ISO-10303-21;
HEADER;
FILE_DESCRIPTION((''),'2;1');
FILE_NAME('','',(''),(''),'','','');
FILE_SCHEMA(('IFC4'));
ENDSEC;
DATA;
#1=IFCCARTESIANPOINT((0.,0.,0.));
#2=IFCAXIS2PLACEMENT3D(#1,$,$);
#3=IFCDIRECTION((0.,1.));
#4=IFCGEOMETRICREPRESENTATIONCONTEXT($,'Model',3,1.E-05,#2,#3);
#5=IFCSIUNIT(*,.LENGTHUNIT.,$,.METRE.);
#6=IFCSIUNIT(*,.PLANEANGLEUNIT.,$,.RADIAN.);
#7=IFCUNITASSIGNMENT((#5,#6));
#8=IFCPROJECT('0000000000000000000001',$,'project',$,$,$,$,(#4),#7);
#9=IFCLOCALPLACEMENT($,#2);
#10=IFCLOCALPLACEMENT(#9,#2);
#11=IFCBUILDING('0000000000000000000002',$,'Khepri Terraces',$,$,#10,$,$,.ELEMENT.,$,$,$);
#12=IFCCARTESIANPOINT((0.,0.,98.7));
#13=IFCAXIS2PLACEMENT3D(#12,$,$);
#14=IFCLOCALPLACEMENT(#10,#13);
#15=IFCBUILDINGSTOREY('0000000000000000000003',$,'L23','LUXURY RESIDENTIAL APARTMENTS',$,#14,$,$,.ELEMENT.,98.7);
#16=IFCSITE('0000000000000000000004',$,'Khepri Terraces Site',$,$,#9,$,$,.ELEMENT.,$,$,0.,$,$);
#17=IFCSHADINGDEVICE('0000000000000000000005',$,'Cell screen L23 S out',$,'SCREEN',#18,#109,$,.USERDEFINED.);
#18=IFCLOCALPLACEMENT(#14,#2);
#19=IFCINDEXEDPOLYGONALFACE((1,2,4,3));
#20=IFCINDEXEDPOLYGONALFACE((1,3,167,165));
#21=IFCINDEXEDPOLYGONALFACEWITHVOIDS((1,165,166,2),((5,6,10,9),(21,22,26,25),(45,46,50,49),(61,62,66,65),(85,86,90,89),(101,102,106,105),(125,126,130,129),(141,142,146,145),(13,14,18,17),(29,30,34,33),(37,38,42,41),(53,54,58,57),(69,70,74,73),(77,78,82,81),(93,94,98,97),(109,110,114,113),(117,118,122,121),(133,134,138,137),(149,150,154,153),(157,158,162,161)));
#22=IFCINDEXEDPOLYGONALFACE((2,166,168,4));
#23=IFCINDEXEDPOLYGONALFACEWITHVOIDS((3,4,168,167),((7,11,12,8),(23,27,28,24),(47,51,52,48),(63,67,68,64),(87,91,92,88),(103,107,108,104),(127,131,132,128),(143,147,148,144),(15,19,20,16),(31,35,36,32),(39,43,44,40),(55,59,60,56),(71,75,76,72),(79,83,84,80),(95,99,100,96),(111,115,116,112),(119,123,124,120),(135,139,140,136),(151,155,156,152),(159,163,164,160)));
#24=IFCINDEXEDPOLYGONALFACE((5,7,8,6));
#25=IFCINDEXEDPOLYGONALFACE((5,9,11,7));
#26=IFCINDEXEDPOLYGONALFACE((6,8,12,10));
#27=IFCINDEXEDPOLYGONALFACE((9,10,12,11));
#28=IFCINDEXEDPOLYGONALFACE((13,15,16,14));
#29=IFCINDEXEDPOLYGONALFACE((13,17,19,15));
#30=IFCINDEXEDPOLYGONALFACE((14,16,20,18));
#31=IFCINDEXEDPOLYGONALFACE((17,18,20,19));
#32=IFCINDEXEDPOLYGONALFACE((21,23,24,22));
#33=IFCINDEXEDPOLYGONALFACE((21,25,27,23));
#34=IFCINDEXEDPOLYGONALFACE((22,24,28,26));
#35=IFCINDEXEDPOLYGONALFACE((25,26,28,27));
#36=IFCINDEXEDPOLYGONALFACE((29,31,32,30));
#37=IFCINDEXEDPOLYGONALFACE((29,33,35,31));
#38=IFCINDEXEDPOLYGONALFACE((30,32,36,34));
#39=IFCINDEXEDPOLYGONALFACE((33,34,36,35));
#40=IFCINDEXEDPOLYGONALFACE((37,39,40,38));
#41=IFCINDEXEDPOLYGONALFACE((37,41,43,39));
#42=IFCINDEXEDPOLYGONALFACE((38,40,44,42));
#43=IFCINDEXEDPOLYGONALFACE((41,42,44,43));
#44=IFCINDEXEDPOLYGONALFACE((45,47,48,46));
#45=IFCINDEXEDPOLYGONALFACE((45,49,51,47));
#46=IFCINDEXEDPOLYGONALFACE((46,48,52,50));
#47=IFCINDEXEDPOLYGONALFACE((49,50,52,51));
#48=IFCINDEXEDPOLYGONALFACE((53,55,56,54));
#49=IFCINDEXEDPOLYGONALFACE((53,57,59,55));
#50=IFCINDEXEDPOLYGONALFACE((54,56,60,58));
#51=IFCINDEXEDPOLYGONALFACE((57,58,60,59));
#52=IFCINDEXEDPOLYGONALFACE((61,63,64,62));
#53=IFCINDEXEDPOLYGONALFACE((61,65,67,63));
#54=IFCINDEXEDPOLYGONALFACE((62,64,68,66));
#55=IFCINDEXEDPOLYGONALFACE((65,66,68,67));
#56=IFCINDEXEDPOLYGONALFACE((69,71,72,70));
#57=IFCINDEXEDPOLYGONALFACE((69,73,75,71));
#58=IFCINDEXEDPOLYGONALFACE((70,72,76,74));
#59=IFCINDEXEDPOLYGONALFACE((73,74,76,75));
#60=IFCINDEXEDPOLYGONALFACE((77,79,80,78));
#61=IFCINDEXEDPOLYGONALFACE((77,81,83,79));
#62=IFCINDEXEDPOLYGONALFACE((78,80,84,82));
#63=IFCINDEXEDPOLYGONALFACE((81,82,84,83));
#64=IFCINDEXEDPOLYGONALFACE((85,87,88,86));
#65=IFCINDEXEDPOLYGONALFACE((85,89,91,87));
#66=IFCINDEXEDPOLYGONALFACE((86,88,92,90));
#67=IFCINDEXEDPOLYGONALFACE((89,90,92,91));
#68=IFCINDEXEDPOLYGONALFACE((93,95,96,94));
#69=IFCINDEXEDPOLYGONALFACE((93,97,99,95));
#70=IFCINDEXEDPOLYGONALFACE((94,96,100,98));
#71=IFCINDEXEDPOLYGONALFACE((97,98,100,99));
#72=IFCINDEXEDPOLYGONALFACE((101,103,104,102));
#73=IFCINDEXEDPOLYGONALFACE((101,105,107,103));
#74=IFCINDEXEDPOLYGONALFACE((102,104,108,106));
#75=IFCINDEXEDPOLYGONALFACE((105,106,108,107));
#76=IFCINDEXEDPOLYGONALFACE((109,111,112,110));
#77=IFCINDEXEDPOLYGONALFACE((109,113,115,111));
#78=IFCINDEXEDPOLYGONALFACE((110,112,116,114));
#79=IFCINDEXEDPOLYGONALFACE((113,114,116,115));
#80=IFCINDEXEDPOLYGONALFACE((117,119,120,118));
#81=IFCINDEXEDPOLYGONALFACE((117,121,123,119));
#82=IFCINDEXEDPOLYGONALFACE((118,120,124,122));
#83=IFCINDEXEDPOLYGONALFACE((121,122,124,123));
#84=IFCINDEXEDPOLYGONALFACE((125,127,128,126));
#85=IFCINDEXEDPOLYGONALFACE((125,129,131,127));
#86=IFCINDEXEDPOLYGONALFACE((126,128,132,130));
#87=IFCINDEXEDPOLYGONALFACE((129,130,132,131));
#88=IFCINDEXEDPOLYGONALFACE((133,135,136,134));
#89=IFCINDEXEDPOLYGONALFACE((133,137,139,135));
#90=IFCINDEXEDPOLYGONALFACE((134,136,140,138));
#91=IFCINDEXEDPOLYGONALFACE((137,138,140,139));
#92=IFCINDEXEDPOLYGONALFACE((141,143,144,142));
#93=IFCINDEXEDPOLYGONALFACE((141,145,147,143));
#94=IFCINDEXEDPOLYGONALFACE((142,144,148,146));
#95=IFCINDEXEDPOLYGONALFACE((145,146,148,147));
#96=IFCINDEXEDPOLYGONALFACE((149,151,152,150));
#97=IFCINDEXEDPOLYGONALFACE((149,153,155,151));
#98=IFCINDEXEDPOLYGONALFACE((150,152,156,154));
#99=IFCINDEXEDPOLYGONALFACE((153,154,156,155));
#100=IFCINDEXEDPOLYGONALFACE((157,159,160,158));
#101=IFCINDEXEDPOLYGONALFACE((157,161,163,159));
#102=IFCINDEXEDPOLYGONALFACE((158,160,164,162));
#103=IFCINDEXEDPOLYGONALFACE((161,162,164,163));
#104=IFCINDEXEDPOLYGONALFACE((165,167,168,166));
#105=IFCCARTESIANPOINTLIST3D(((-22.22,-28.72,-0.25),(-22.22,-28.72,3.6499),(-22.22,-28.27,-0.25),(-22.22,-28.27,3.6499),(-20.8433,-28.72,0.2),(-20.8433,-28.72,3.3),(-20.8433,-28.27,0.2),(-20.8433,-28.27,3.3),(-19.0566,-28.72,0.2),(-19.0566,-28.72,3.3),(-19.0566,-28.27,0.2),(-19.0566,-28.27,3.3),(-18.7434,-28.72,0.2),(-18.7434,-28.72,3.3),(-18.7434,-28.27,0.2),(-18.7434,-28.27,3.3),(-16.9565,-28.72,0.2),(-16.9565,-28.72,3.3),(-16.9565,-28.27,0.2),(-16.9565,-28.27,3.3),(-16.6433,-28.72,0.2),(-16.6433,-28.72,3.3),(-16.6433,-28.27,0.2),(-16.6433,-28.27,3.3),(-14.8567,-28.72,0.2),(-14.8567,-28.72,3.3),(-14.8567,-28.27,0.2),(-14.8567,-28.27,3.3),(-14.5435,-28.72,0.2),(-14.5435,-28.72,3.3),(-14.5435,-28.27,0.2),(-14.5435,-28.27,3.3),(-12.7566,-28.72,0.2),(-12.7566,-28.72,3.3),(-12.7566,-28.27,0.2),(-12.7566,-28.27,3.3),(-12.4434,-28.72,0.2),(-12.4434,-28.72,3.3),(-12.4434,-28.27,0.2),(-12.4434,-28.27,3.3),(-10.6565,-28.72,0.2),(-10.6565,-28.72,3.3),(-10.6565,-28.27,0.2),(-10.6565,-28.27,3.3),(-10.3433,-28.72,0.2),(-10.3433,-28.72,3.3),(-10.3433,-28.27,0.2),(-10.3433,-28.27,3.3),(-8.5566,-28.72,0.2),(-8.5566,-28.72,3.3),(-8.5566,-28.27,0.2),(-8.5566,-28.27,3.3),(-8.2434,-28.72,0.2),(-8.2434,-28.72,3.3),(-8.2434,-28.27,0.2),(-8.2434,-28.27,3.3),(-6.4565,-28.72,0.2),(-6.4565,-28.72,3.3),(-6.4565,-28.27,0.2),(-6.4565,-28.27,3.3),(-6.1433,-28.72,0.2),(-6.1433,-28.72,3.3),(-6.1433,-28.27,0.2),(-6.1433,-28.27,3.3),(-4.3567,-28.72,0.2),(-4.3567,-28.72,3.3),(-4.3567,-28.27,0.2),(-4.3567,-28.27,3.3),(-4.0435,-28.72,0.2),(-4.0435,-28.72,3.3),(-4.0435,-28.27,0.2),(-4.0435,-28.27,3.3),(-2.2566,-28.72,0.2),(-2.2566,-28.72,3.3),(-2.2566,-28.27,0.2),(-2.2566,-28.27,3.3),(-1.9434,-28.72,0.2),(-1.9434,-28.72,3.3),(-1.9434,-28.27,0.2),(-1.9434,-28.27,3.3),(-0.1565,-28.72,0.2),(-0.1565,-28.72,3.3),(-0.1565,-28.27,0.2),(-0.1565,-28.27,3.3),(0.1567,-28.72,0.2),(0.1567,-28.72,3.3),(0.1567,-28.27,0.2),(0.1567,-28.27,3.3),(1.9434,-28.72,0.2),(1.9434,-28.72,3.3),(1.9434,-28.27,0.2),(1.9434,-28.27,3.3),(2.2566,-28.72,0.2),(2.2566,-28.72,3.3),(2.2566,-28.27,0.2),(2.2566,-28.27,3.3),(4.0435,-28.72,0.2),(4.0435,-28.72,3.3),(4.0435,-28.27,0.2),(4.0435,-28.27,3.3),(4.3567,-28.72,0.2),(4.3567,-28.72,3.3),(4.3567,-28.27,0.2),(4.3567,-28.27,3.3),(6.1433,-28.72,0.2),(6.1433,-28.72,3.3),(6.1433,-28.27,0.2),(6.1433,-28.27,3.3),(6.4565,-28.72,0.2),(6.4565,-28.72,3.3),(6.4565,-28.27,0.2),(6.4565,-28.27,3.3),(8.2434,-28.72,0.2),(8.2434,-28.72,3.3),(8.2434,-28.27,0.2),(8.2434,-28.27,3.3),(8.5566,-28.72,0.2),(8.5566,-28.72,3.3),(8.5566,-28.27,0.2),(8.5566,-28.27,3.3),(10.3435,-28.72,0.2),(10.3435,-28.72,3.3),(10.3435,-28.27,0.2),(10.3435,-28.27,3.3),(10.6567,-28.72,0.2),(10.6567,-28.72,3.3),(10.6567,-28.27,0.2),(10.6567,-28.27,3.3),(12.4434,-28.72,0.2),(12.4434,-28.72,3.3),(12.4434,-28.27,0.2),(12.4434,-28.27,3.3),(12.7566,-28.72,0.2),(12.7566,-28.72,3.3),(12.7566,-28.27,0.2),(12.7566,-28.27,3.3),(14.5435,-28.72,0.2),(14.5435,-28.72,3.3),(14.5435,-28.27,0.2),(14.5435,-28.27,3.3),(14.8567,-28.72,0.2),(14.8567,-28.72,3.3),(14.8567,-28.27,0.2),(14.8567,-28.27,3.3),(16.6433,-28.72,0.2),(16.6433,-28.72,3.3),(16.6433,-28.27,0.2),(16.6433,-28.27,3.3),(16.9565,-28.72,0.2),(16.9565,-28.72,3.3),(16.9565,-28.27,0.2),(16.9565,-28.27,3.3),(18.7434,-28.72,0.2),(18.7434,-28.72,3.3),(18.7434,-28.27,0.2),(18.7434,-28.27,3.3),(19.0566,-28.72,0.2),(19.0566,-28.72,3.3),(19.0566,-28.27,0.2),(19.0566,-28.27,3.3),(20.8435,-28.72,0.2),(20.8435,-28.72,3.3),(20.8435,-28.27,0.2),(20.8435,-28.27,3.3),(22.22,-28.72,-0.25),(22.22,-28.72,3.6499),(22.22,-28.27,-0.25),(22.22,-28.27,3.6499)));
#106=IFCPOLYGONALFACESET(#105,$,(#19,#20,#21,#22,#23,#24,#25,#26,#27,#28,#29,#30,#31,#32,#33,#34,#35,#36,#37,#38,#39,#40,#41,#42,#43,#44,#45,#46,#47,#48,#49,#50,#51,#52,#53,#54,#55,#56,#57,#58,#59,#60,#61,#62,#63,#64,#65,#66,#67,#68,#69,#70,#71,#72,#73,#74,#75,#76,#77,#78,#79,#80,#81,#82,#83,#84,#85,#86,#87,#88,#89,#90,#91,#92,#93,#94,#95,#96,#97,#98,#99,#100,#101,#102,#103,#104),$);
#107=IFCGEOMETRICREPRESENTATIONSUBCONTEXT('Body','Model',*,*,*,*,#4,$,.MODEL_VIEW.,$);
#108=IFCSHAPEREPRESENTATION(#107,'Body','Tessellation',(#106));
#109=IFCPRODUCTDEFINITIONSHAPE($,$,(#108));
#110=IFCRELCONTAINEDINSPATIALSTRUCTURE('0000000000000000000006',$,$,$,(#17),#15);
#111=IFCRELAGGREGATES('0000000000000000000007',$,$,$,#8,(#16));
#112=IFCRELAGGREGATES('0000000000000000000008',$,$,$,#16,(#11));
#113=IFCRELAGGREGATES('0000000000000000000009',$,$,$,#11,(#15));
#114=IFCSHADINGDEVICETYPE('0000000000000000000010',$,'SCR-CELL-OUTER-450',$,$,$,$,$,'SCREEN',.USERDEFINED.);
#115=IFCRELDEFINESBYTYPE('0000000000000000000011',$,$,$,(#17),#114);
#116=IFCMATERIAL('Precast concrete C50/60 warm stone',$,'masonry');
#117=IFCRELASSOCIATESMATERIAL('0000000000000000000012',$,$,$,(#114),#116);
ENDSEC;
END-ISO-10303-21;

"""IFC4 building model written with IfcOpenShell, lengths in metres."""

from ifc_helpers import new_model, si_unit, direction, frame, origin, place, context, subcontext, project, spatial, polyline, outline, extrude, material, type_object, element, save


model = new_model("IFC4")

# Units and contexts
model_context = context("Model", 3, precision=1e-05, world=origin(), true_north=direction((0.0, 1.0)))
body_context = subcontext(model_context, "Body", "Model", "MODEL_VIEW")
ifc_project = project(units=[si_unit("LENGTHUNIT", "METRE"), si_unit("PLANEANGLEUNIT", "RADIAN")], contexts=[model_context])

# Site, building, storey
site_placement = place(None, origin())
site = spatial("IfcSite", under=ifc_project, at=site_placement, Name="Khepri Terraces Site", CompositionType="ELEMENT", RefElevation=0.0)
building_placement = place(site_placement, origin())
building = spatial("IfcBuilding", under=site, at=building_placement, Name="Khepri Terraces", CompositionType="ELEMENT")
storey_placement = place(building_placement, frame((0.0, 0.0, 98.7)))
storey = spatial("IfcBuildingStorey", under=building, at=storey_placement, Name="L23", Description="LUXURY RESIDENTIAL APARTMENTS", CompositionType="ELEMENT", Elevation=98.7)

# Shared definitions
ifc_material_1 = material(Name="Precast concrete C50/60 warm stone", Category="masonry")

# Shading device
shading_device_type_1 = type_object("IfcShadingDeviceType", Name="SCR-CELL-OUTER-450", ElementType="SCREEN", PredefinedType="USERDEFINED", material=ifc_material_1)
shading_device_1_placement = place(storey_placement, frame((-22.22, -28.27, -0.25), z_axis=(0.0, -1.0, 0.0), x_axis=(1.0, 0.0, 0.0)))
element("IfcShadingDevice", 1, at=shading_device_1_placement, inside=storey, type_object=shading_device_type_1, Name="Cell screen L23 S out", ObjectType="SCREEN", PredefinedType="USERDEFINED", context=body_context, shape_type="SweptSolid", body=[
    extrude(outline(polyline([(0.0, 0.0), (44.4399, 0.0), (44.4399, 3.8999), (0.0, 3.8999), (0.0, 0.0)]), holes=[polyline([(1.3767, 0.45), (3.1633, 0.45), (3.1633, 3.55), (1.3767, 3.55), (1.3767, 0.45)]), polyline([(3.4766, 0.45), (5.2634, 0.45), (5.2634, 3.55), (3.4766, 3.55), (3.4766, 0.45)]), polyline([(5.5767, 0.45), (7.3633, 0.45), (7.3633, 3.55), (5.5767, 3.55), (5.5767, 0.45)]), polyline([(7.6765, 0.45), (9.4634, 0.45), (9.4634, 3.55), (7.6765, 3.55), (7.6765, 0.45)]), polyline([(9.7766, 0.45), (11.5635, 0.45), (11.5635, 3.55), (9.7766, 3.55), (9.7766, 0.45)]), polyline([(11.8767, 0.45), (13.6633, 0.45), (13.6633, 3.55), (11.8767, 3.55), (11.8767, 0.45)]), polyline([(13.9766, 0.45), (15.7634, 0.45), (15.7634, 3.55), (13.9766, 3.55), (13.9766, 0.45)]), polyline([(16.0767, 0.45), (17.8633, 0.45), (17.8633, 3.55), (16.0767, 3.55), (16.0767, 0.45)]), polyline([(18.1765, 0.45), (19.9634, 0.45), (19.9634, 3.55), (18.1765, 3.55), (18.1765, 0.45)]), polyline([(20.2766, 0.45), (22.0635, 0.45), (22.0635, 3.55), (20.2766, 3.55), (20.2766, 0.45)]), polyline([(22.3767, 0.45), (24.1633, 0.45), (24.1633, 3.55), (22.3767, 3.55), (22.3767, 0.45)]), polyline([(24.4766, 0.45), (26.2634, 0.45), (26.2634, 3.55), (24.4766, 3.55), (24.4766, 0.45)]), polyline([(26.5767, 0.45), (28.3633, 0.45), (28.3633, 3.55), (26.5767, 3.55), (26.5767, 0.45)]), polyline([(28.6765, 0.45), (30.4634, 0.45), (30.4634, 3.55), (28.6765, 3.55), (28.6765, 0.45)]), polyline([(30.7766, 0.45), (32.5635, 0.45), (32.5635, 3.55), (30.7766, 3.55), (30.7766, 0.45)]), polyline([(32.8767, 0.45), (34.6633, 0.45), (34.6633, 3.55), (32.8767, 3.55), (32.8767, 0.45)]), polyline([(34.9766, 0.45), (36.7634, 0.45), (36.7634, 3.55), (34.9766, 3.55), (34.9766, 0.45)]), polyline([(37.0767, 0.45), (38.8633, 0.45), (38.8633, 3.55), (37.0767, 3.55), (37.0767, 0.45)]), polyline([(39.1765, 0.45), (40.9634, 0.45), (40.9634, 3.55), (39.1765, 3.55), (39.1765, 0.45)]), polyline([(41.2766, 0.45), (43.0635, 0.45), (43.0635, 3.55), (41.2766, 3.55), (41.2766, 0.45)])]), origin(), (0.0, 0.0, 1.0), 0.45),
])

save(model, "model.ifc")
